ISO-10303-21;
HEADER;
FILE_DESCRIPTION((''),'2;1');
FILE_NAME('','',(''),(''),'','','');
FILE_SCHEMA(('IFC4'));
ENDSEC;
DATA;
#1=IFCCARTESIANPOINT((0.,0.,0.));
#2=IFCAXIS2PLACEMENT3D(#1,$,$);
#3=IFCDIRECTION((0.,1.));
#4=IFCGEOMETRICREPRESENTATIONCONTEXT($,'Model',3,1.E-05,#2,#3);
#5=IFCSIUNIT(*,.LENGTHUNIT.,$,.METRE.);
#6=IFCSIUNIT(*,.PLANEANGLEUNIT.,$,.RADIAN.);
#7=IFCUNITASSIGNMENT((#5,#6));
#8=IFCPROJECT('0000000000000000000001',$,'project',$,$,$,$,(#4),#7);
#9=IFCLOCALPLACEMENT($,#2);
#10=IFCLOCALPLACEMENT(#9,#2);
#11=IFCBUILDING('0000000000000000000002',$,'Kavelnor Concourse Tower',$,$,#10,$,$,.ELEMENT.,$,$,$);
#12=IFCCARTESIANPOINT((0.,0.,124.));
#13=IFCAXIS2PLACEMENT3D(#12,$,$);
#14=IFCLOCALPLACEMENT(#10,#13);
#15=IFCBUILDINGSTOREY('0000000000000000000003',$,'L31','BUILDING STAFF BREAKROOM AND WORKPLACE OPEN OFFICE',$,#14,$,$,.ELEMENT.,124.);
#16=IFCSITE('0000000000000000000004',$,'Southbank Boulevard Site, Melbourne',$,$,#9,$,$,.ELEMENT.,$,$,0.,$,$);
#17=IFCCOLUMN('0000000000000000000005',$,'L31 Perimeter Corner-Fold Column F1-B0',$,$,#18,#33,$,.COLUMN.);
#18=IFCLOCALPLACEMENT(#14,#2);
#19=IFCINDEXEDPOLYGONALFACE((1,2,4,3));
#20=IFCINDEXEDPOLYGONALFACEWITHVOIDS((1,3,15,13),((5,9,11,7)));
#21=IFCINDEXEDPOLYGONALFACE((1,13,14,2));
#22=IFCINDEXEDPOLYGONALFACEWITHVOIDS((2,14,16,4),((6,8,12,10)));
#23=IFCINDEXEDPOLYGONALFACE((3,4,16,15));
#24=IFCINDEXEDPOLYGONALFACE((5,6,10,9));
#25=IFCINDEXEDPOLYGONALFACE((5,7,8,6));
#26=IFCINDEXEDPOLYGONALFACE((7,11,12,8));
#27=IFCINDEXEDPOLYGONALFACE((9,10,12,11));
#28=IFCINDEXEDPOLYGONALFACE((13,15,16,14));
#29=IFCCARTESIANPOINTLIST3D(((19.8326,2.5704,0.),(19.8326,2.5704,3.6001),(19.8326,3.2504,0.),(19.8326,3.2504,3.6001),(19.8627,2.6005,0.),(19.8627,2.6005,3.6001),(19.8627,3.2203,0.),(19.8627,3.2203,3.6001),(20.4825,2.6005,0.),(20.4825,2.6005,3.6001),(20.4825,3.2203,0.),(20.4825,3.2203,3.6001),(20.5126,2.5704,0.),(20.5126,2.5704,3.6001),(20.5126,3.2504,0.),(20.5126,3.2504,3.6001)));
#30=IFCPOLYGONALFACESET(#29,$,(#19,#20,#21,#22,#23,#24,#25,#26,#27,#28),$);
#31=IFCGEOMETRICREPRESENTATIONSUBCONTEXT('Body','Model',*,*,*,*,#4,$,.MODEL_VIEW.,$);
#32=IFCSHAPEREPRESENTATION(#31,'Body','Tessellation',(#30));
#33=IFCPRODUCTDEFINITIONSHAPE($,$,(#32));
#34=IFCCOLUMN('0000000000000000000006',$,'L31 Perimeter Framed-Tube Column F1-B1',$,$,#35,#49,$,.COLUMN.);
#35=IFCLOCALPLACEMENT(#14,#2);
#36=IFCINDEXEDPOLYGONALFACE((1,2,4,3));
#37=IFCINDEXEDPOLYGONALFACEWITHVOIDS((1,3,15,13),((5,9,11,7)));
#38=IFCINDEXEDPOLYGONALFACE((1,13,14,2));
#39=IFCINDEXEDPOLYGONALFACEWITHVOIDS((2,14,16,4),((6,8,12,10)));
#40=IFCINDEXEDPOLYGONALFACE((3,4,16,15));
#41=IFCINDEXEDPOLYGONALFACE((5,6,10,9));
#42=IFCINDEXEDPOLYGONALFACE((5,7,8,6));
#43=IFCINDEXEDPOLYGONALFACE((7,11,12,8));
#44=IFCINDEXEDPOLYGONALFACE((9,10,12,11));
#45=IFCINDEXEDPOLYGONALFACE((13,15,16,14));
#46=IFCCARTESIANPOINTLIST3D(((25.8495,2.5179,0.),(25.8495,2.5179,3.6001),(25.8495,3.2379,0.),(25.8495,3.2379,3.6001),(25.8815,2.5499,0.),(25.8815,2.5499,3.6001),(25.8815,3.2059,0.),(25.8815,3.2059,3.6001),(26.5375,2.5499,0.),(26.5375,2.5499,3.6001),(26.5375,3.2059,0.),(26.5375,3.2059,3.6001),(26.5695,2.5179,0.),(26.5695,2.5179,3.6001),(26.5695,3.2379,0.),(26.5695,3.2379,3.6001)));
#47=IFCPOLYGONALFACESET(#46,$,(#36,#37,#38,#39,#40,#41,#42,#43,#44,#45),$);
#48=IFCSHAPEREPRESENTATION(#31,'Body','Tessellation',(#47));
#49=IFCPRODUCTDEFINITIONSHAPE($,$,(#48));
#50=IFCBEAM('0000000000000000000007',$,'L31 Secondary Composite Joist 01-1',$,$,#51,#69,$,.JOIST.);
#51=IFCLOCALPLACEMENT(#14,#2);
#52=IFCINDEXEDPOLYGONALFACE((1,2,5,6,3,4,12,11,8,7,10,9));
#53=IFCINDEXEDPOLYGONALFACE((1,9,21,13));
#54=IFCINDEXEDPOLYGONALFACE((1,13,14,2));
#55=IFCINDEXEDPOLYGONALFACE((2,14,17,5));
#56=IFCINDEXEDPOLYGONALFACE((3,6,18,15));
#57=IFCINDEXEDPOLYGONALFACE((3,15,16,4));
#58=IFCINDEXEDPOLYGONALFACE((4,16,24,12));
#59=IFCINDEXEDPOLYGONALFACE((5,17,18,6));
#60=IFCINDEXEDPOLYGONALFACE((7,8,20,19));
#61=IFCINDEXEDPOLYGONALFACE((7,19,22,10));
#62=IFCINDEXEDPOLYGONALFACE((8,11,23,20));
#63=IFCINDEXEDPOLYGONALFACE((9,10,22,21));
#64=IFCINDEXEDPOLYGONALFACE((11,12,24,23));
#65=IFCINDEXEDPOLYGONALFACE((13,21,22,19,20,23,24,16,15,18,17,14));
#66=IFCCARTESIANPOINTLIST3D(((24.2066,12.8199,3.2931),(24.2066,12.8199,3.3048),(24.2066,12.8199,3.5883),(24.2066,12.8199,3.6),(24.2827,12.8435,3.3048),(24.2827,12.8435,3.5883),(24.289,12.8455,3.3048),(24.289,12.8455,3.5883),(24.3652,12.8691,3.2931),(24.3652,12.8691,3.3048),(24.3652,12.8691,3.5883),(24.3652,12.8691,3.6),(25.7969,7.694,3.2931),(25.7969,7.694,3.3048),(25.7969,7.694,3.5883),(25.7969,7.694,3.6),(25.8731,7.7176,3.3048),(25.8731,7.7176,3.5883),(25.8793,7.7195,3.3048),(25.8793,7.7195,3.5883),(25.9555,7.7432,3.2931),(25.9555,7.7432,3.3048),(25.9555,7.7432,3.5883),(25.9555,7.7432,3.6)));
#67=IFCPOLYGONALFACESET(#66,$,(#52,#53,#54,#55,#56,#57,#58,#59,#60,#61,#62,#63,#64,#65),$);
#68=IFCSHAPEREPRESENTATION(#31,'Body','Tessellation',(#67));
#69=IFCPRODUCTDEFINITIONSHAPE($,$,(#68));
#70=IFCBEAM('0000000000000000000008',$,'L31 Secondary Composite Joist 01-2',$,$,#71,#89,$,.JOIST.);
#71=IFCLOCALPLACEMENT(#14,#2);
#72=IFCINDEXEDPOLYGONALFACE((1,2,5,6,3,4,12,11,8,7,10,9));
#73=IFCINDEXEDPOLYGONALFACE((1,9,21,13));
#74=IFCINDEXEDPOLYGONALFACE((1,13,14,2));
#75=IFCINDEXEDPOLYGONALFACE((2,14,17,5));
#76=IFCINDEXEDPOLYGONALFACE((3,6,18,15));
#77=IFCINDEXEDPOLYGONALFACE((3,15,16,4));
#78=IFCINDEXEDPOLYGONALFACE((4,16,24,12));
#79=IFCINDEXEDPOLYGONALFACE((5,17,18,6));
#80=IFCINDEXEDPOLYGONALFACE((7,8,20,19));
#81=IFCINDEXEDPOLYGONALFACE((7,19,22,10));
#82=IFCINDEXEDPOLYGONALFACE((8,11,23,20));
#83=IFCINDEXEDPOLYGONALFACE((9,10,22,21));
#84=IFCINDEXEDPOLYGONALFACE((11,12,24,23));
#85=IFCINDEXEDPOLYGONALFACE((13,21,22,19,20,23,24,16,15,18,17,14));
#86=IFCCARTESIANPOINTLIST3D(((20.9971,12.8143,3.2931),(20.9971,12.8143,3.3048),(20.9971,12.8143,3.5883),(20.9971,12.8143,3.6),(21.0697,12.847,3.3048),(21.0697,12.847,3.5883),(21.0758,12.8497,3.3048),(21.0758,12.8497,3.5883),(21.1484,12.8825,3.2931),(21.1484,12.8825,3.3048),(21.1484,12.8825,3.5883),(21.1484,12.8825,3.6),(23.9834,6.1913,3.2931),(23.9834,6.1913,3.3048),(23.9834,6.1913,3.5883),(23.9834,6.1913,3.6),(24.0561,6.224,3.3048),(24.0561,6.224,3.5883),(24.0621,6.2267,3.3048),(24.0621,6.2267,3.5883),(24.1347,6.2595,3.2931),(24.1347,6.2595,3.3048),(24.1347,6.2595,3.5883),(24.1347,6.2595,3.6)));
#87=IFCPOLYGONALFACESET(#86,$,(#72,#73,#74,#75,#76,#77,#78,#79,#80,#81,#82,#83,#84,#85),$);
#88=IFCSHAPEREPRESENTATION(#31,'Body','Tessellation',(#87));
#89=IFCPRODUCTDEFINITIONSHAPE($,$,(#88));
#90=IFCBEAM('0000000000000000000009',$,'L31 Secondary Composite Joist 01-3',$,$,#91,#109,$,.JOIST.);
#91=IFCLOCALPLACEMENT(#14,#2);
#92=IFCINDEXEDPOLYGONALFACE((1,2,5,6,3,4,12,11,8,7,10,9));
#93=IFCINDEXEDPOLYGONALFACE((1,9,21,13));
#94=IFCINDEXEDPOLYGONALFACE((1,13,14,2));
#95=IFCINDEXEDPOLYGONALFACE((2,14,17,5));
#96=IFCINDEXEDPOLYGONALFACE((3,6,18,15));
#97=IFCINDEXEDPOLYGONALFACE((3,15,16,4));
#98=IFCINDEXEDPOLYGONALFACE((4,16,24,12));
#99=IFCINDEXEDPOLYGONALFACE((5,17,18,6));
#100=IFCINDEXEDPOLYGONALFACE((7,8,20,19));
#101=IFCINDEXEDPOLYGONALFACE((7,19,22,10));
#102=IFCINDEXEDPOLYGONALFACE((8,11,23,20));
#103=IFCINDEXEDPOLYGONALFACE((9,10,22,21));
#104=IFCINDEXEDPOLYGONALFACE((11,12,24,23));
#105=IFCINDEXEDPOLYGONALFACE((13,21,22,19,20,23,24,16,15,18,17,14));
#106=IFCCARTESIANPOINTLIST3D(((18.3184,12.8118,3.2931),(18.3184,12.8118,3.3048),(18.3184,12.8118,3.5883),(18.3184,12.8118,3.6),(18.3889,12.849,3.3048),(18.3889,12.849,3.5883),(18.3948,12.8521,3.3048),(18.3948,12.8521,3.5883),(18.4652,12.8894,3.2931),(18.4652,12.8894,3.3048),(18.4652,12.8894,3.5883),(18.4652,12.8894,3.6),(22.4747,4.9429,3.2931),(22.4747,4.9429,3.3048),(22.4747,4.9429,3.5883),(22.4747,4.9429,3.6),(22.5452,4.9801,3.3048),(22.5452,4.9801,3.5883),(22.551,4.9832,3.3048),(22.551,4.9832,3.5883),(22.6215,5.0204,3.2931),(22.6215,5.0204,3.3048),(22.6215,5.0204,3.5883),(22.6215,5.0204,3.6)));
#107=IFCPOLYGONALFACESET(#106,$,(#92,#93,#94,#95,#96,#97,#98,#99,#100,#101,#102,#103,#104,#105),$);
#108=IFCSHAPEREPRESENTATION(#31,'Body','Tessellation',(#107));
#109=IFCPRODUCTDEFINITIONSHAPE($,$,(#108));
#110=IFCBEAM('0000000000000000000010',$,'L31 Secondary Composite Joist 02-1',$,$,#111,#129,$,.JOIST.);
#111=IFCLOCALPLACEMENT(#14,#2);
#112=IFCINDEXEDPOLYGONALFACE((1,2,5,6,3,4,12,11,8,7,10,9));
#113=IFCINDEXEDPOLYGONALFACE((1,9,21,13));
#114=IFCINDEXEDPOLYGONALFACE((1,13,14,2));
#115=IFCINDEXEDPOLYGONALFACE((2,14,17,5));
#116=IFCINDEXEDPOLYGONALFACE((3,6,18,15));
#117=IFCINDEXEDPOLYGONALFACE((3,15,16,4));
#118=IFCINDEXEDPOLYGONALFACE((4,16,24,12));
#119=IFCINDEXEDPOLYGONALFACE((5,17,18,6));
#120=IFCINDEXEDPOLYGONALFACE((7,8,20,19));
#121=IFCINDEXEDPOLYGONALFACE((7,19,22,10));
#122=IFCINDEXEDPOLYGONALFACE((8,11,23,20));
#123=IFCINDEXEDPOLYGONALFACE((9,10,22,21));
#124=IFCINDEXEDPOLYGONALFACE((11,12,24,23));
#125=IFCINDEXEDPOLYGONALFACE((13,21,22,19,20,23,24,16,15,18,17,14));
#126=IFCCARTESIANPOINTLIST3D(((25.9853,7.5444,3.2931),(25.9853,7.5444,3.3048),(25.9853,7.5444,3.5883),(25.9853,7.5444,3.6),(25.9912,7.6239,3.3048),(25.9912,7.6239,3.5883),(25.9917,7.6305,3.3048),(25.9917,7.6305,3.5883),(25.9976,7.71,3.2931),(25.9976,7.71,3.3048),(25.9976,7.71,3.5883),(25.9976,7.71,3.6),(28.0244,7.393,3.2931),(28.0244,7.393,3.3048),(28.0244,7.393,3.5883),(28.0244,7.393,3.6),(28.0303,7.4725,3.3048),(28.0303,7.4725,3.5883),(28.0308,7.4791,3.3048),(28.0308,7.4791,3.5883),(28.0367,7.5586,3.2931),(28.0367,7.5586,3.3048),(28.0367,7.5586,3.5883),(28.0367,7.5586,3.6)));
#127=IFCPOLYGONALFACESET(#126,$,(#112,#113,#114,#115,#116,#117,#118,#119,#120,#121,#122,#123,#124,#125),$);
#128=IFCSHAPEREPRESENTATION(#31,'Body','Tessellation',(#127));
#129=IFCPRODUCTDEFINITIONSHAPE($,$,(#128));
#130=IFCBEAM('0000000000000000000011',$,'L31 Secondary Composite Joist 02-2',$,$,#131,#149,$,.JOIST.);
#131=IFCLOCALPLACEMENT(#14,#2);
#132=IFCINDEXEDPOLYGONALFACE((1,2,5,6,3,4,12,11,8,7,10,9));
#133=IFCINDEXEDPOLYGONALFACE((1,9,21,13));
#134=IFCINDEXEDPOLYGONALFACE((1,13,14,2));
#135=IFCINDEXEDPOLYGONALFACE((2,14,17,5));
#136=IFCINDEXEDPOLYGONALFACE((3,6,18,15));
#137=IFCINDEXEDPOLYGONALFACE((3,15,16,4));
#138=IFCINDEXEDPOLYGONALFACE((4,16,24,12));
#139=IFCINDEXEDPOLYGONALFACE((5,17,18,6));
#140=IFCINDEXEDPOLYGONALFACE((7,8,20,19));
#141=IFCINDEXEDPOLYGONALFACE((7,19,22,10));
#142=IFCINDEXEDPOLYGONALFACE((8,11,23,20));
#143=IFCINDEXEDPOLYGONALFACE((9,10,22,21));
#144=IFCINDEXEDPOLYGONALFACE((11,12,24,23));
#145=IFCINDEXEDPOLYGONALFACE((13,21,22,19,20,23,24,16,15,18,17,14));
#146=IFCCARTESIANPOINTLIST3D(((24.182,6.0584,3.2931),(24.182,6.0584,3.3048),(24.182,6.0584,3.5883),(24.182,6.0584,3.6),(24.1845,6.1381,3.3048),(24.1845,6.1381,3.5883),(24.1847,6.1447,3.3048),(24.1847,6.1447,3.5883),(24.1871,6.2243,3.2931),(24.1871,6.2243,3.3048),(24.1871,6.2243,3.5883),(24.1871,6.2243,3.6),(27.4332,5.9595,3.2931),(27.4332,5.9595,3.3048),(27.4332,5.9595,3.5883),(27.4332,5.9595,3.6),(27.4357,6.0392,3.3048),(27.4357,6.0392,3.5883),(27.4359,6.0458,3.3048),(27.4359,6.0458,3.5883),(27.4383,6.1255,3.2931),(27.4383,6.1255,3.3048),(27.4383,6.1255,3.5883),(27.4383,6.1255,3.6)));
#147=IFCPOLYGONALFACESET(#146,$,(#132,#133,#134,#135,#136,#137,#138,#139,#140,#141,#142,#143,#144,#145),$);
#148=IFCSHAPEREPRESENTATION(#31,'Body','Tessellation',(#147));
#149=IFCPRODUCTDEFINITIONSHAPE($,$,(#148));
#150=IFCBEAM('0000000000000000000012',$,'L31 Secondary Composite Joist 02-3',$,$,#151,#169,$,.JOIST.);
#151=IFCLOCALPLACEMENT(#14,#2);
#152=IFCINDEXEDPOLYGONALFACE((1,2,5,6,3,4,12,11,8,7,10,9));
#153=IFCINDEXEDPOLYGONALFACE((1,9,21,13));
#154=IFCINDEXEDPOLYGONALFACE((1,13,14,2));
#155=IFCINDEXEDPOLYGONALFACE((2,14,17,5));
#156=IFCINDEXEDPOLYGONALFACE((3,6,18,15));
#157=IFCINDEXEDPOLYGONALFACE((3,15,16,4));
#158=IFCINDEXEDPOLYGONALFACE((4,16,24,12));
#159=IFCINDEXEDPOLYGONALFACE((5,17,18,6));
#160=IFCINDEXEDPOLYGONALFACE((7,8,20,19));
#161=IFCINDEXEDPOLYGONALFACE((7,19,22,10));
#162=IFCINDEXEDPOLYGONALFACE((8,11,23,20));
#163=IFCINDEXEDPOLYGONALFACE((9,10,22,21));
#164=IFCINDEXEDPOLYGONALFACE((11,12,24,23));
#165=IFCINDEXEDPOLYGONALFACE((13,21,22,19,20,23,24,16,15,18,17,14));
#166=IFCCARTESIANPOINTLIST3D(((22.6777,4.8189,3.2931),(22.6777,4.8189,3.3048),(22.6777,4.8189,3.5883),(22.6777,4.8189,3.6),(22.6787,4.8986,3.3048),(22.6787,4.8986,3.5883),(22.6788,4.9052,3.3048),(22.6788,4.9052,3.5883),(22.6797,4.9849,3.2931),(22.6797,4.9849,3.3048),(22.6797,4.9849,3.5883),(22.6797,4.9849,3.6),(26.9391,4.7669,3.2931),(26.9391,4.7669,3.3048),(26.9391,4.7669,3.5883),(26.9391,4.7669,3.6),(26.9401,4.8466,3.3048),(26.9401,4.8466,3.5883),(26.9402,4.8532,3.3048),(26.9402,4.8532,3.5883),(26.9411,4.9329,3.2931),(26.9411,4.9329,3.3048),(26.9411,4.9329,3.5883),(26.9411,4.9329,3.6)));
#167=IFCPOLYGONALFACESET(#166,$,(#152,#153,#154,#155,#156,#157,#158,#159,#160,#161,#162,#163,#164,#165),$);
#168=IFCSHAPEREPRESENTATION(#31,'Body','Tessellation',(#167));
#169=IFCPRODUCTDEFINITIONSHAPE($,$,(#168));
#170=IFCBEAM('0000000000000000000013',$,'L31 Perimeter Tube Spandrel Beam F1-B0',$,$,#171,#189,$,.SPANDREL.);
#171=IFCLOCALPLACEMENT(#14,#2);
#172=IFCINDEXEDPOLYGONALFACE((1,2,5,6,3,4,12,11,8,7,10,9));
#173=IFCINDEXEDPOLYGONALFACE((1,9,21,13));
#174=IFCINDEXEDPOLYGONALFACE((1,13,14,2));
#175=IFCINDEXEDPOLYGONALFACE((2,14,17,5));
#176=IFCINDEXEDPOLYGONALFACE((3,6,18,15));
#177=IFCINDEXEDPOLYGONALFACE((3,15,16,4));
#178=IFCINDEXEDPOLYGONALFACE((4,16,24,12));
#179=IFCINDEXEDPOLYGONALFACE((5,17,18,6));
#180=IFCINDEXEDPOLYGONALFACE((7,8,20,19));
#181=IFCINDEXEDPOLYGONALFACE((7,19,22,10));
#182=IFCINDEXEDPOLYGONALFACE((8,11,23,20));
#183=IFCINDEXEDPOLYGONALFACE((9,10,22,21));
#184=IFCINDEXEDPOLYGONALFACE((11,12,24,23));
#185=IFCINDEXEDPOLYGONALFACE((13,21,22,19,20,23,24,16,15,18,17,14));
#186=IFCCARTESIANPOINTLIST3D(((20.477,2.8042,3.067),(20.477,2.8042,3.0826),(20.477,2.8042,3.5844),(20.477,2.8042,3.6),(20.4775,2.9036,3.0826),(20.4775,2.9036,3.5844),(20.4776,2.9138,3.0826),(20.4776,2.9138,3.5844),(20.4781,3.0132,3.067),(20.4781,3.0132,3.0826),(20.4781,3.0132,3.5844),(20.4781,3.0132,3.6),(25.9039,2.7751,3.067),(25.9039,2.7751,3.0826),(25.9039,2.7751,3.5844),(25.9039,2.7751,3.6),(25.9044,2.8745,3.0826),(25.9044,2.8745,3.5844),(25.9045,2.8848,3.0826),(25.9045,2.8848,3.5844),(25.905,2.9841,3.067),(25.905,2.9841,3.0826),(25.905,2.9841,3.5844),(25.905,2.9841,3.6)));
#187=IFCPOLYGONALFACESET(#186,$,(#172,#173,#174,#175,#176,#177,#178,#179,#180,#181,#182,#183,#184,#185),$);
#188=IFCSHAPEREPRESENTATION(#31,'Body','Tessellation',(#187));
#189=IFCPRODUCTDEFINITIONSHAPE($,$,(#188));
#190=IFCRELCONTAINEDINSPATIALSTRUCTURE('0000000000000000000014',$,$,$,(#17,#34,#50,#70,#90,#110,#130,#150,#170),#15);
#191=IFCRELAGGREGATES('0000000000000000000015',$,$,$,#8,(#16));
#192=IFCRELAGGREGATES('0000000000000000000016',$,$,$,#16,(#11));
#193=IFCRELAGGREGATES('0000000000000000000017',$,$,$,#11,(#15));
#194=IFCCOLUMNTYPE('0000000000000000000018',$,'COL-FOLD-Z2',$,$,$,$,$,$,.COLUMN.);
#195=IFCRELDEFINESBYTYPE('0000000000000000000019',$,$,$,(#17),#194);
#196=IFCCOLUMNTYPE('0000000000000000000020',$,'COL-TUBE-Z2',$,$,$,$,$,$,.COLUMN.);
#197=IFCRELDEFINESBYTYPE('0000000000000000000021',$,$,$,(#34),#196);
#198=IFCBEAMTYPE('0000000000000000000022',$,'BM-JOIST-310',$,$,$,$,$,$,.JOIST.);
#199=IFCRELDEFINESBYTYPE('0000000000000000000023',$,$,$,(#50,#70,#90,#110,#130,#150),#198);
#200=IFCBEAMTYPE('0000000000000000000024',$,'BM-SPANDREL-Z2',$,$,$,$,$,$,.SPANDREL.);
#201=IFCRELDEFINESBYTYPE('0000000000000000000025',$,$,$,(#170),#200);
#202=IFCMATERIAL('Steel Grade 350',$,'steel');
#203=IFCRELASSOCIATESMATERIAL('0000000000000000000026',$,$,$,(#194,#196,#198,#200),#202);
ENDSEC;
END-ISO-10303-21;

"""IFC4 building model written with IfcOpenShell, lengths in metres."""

from ifc_helpers import new_model, si_unit, direction, frame, origin, origin_2d, place, context, subcontext, project, spatial, hollow_rectangle, i_section, extrude, material, material_profile, profile_set, type_object, element, save


model = new_model("IFC4")

# Units and contexts
model_context = context("Model", 3, precision=1e-05, world=origin(), true_north=direction((0.0, 1.0)))
body_context = subcontext(model_context, "Body", "Model", "MODEL_VIEW")
ifc_project = project(units=[si_unit("LENGTHUNIT", "METRE"), si_unit("PLANEANGLEUNIT", "RADIAN")], contexts=[model_context])

# Site, building, storey
site_placement = place(None, origin())
site = spatial("IfcSite", under=ifc_project, at=site_placement, Name="Southbank Boulevard Site, Melbourne", CompositionType="ELEMENT", RefElevation=0.0)
building_placement = place(site_placement, origin())
building = spatial("IfcBuilding", under=site, at=building_placement, Name="Kavelnor Concourse Tower", CompositionType="ELEMENT")
storey_placement = place(building_placement, frame((0.0, 0.0, 124.0)))
storey = spatial("IfcBuildingStorey", under=building, at=storey_placement, Name="L31", Description="BUILDING STAFF BREAKROOM AND WORKPLACE OPEN OFFICE", CompositionType="ELEMENT", Elevation=124.0)

# Columns
ifc_material_1 = material(Name="Steel Grade 350", Category="steel")
ifc_material_profile_1 = material_profile(ifc_material_1, hollow_rectangle(XDim=0.6799, YDim=0.6799, WallThickness=0.03, at=origin_2d()), Name="SHS 680x680x30")
ifc_profile_set_1 = profile_set([ifc_material_profile_1], Name="Steel Grade 350")
column_type_1 = type_object("IfcColumnType", Name="COL-FOLD-Z2", PredefinedType="COLUMN", material=ifc_profile_set_1)
column_1_placement = place(storey_placement, frame((20.1726, 2.9104, 0.0), z_axis=(0.0, 0.0, 1.0), x_axis=(1.0, 0.0, 0.0)))
element("IfcColumn", 1, at=column_1_placement, inside=storey, type_object=column_type_1, Name="L31 Perimeter Corner-Fold Column F1-B0", PredefinedType="COLUMN", context=body_context, shape_type="SweptSolid", body=[
    extrude(hollow_rectangle(XDim=0.6799, YDim=0.6799, WallThickness=0.03, at=origin_2d()), origin(), (0.0, 0.0, 1.0), 3.6001),
])
ifc_material_profile_2 = material_profile(ifc_material_1, hollow_rectangle(XDim=0.72, YDim=0.72, WallThickness=0.032, at=origin_2d()), Name="SHS 720x720x32")
ifc_profile_set_2 = profile_set([ifc_material_profile_2], Name="Steel Grade 350")
column_type_2 = type_object("IfcColumnType", Name="COL-TUBE-Z2", PredefinedType="COLUMN", material=ifc_profile_set_2)
column_2_placement = place(storey_placement, frame((26.2095, 2.8779, 0.0), z_axis=(0.0, 0.0, 1.0), x_axis=(1.0, 0.0, 0.0)))
element("IfcColumn", 2, at=column_2_placement, inside=storey, type_object=column_type_2, Name="L31 Perimeter Framed-Tube Column F1-B1", PredefinedType="COLUMN", context=body_context, shape_type="SweptSolid", body=[
    extrude(hollow_rectangle(XDim=0.72, YDim=0.72, WallThickness=0.032, at=origin_2d()), origin(), (0.0, 0.0, 1.0), 3.6001),
])

# Beams
ifc_material_profile_3 = material_profile(ifc_material_1, i_section(OverallWidth=0.166, OverallDepth=0.3069, WebThickness=0.0066, FlangeThickness=0.0117, at=origin_2d()), Name="310UB46")
ifc_profile_set_3 = profile_set([ifc_material_profile_3], Name="Steel Grade 350")
beam_type_1 = type_object("IfcBeamType", Name="BM-JOIST-310", PredefinedType="JOIST", material=ifc_profile_set_3)
beam_1_placement = place(storey_placement, frame((24.2859, 12.8445, 3.4465), z_axis=(0.296316, -0.95509, 0.0), x_axis=(0.95509, 0.296316, 0.0)))
element("IfcBeam", 3, at=beam_1_placement, inside=storey, type_object=beam_type_1, Name="L31 Secondary Composite Joist 01-1", PredefinedType="JOIST", context=body_context, shape_type="SweptSolid", body=[
    extrude(i_section(OverallWidth=0.166, OverallDepth=0.3069, WebThickness=0.0066, FlangeThickness=0.0117, at=origin_2d()), origin(), (0.0, 0.0, 1.0), 5.3669),
])
beam_2_placement = place(storey_placement, frame((21.0728, 12.8484, 3.4465), z_axis=(0.411046, -0.911614, 0.0), x_axis=(0.911614, 0.411046, 0.0)))
element("IfcBeam", 4, at=beam_2_placement, inside=storey, type_object=beam_type_1, Name="L31 Secondary Composite Joist 01-2", PredefinedType="JOIST", context=body_context, shape_type="SweptSolid", body=[
    extrude(i_section(OverallWidth=0.166, OverallDepth=0.3069, WebThickness=0.0066, FlangeThickness=0.0117, at=origin_2d()), origin(), (0.0, 0.0, 1.0), 7.2651),
])
beam_3_placement = place(storey_placement, frame((18.3918, 12.8506, 3.4465), z_axis=(0.467042, -0.884235, 0.0), x_axis=(0.884235, 0.467042, 0.0)))
element("IfcBeam", 5, at=beam_3_placement, inside=storey, type_object=beam_type_1, Name="L31 Secondary Composite Joist 01-3", PredefinedType="JOIST", context=body_context, shape_type="SweptSolid", body=[
    extrude(i_section(OverallWidth=0.166, OverallDepth=0.3069, WebThickness=0.0066, FlangeThickness=0.0117, at=origin_2d()), origin(), (0.0, 0.0, 1.0), 8.8992),
])
beam_4_placement = place(storey_placement, frame((25.9915, 7.6272, 3.4465), z_axis=(0.997256, -0.07403, 0.0), x_axis=(0.07403, 0.997256, 0.0)))
element("IfcBeam", 6, at=beam_4_placement, inside=storey, type_object=beam_type_1, Name="L31 Secondary Composite Joist 02-1", PredefinedType="JOIST", context=body_context, shape_type="SweptSolid", body=[
    extrude(i_section(OverallWidth=0.166, OverallDepth=0.3069, WebThickness=0.0066, FlangeThickness=0.0117, at=origin_2d()), origin(), (0.0, 0.0, 1.0), 2.0447),
])
beam_5_placement = place(storey_placement, frame((24.1846, 6.1414, 3.4465), z_axis=(0.999538, -0.030398, 0.0), x_axis=(0.030398, 0.999538, 0.0)))
element("IfcBeam", 7, at=beam_5_placement, inside=storey, type_object=beam_type_1, Name="L31 Secondary Composite Joist 02-2", PredefinedType="JOIST", context=body_context, shape_type="SweptSolid", body=[
    extrude(i_section(OverallWidth=0.166, OverallDepth=0.3069, WebThickness=0.0066, FlangeThickness=0.0117, at=origin_2d()), origin(), (0.0, 0.0, 1.0), 3.2527),
])
beam_6_placement = place(storey_placement, frame((22.6787, 4.9019, 3.4465), z_axis=(0.999926, -0.012202, 0.0), x_axis=(0.012202, 0.999926, 0.0)))
element("IfcBeam", 8, at=beam_6_placement, inside=storey, type_object=beam_type_1, Name="L31 Secondary Composite Joist 02-3", PredefinedType="JOIST", context=body_context, shape_type="SweptSolid", body=[
    extrude(i_section(OverallWidth=0.166, OverallDepth=0.3069, WebThickness=0.0066, FlangeThickness=0.0117, at=origin_2d()), origin(), (0.0, 0.0, 1.0), 4.2617),
])
ifc_material_profile_4 = material_profile(ifc_material_1, i_section(OverallWidth=0.209, OverallDepth=0.533, WebThickness=0.0103, FlangeThickness=0.0156, at=origin_2d()), Name="530UB92")
ifc_profile_set_4 = profile_set([ifc_material_profile_4], Name="Steel Grade 350")
beam_type_2 = type_object("IfcBeamType", Name="BM-SPANDREL-Z2", PredefinedType="SPANDREL", material=ifc_profile_set_4)
beam_7_placement = place(storey_placement, frame((20.4775, 2.9087, 3.3335), z_axis=(0.999986, -0.005353, 0.0), x_axis=(0.005353, 0.999986, 0.0)))
element("IfcBeam", 9, at=beam_7_placement, inside=storey, type_object=beam_type_2, Name="L31 Perimeter Tube Spandrel Beam F1-B0", PredefinedType="SPANDREL", context=body_context, shape_type="SweptSolid", body=[
    extrude(i_section(OverallWidth=0.209, OverallDepth=0.533, WebThickness=0.0103, FlangeThickness=0.0156, at=origin_2d()), origin(), (0.0, 0.0, 1.0), 5.427),
])

save(model, "model.ifc")
